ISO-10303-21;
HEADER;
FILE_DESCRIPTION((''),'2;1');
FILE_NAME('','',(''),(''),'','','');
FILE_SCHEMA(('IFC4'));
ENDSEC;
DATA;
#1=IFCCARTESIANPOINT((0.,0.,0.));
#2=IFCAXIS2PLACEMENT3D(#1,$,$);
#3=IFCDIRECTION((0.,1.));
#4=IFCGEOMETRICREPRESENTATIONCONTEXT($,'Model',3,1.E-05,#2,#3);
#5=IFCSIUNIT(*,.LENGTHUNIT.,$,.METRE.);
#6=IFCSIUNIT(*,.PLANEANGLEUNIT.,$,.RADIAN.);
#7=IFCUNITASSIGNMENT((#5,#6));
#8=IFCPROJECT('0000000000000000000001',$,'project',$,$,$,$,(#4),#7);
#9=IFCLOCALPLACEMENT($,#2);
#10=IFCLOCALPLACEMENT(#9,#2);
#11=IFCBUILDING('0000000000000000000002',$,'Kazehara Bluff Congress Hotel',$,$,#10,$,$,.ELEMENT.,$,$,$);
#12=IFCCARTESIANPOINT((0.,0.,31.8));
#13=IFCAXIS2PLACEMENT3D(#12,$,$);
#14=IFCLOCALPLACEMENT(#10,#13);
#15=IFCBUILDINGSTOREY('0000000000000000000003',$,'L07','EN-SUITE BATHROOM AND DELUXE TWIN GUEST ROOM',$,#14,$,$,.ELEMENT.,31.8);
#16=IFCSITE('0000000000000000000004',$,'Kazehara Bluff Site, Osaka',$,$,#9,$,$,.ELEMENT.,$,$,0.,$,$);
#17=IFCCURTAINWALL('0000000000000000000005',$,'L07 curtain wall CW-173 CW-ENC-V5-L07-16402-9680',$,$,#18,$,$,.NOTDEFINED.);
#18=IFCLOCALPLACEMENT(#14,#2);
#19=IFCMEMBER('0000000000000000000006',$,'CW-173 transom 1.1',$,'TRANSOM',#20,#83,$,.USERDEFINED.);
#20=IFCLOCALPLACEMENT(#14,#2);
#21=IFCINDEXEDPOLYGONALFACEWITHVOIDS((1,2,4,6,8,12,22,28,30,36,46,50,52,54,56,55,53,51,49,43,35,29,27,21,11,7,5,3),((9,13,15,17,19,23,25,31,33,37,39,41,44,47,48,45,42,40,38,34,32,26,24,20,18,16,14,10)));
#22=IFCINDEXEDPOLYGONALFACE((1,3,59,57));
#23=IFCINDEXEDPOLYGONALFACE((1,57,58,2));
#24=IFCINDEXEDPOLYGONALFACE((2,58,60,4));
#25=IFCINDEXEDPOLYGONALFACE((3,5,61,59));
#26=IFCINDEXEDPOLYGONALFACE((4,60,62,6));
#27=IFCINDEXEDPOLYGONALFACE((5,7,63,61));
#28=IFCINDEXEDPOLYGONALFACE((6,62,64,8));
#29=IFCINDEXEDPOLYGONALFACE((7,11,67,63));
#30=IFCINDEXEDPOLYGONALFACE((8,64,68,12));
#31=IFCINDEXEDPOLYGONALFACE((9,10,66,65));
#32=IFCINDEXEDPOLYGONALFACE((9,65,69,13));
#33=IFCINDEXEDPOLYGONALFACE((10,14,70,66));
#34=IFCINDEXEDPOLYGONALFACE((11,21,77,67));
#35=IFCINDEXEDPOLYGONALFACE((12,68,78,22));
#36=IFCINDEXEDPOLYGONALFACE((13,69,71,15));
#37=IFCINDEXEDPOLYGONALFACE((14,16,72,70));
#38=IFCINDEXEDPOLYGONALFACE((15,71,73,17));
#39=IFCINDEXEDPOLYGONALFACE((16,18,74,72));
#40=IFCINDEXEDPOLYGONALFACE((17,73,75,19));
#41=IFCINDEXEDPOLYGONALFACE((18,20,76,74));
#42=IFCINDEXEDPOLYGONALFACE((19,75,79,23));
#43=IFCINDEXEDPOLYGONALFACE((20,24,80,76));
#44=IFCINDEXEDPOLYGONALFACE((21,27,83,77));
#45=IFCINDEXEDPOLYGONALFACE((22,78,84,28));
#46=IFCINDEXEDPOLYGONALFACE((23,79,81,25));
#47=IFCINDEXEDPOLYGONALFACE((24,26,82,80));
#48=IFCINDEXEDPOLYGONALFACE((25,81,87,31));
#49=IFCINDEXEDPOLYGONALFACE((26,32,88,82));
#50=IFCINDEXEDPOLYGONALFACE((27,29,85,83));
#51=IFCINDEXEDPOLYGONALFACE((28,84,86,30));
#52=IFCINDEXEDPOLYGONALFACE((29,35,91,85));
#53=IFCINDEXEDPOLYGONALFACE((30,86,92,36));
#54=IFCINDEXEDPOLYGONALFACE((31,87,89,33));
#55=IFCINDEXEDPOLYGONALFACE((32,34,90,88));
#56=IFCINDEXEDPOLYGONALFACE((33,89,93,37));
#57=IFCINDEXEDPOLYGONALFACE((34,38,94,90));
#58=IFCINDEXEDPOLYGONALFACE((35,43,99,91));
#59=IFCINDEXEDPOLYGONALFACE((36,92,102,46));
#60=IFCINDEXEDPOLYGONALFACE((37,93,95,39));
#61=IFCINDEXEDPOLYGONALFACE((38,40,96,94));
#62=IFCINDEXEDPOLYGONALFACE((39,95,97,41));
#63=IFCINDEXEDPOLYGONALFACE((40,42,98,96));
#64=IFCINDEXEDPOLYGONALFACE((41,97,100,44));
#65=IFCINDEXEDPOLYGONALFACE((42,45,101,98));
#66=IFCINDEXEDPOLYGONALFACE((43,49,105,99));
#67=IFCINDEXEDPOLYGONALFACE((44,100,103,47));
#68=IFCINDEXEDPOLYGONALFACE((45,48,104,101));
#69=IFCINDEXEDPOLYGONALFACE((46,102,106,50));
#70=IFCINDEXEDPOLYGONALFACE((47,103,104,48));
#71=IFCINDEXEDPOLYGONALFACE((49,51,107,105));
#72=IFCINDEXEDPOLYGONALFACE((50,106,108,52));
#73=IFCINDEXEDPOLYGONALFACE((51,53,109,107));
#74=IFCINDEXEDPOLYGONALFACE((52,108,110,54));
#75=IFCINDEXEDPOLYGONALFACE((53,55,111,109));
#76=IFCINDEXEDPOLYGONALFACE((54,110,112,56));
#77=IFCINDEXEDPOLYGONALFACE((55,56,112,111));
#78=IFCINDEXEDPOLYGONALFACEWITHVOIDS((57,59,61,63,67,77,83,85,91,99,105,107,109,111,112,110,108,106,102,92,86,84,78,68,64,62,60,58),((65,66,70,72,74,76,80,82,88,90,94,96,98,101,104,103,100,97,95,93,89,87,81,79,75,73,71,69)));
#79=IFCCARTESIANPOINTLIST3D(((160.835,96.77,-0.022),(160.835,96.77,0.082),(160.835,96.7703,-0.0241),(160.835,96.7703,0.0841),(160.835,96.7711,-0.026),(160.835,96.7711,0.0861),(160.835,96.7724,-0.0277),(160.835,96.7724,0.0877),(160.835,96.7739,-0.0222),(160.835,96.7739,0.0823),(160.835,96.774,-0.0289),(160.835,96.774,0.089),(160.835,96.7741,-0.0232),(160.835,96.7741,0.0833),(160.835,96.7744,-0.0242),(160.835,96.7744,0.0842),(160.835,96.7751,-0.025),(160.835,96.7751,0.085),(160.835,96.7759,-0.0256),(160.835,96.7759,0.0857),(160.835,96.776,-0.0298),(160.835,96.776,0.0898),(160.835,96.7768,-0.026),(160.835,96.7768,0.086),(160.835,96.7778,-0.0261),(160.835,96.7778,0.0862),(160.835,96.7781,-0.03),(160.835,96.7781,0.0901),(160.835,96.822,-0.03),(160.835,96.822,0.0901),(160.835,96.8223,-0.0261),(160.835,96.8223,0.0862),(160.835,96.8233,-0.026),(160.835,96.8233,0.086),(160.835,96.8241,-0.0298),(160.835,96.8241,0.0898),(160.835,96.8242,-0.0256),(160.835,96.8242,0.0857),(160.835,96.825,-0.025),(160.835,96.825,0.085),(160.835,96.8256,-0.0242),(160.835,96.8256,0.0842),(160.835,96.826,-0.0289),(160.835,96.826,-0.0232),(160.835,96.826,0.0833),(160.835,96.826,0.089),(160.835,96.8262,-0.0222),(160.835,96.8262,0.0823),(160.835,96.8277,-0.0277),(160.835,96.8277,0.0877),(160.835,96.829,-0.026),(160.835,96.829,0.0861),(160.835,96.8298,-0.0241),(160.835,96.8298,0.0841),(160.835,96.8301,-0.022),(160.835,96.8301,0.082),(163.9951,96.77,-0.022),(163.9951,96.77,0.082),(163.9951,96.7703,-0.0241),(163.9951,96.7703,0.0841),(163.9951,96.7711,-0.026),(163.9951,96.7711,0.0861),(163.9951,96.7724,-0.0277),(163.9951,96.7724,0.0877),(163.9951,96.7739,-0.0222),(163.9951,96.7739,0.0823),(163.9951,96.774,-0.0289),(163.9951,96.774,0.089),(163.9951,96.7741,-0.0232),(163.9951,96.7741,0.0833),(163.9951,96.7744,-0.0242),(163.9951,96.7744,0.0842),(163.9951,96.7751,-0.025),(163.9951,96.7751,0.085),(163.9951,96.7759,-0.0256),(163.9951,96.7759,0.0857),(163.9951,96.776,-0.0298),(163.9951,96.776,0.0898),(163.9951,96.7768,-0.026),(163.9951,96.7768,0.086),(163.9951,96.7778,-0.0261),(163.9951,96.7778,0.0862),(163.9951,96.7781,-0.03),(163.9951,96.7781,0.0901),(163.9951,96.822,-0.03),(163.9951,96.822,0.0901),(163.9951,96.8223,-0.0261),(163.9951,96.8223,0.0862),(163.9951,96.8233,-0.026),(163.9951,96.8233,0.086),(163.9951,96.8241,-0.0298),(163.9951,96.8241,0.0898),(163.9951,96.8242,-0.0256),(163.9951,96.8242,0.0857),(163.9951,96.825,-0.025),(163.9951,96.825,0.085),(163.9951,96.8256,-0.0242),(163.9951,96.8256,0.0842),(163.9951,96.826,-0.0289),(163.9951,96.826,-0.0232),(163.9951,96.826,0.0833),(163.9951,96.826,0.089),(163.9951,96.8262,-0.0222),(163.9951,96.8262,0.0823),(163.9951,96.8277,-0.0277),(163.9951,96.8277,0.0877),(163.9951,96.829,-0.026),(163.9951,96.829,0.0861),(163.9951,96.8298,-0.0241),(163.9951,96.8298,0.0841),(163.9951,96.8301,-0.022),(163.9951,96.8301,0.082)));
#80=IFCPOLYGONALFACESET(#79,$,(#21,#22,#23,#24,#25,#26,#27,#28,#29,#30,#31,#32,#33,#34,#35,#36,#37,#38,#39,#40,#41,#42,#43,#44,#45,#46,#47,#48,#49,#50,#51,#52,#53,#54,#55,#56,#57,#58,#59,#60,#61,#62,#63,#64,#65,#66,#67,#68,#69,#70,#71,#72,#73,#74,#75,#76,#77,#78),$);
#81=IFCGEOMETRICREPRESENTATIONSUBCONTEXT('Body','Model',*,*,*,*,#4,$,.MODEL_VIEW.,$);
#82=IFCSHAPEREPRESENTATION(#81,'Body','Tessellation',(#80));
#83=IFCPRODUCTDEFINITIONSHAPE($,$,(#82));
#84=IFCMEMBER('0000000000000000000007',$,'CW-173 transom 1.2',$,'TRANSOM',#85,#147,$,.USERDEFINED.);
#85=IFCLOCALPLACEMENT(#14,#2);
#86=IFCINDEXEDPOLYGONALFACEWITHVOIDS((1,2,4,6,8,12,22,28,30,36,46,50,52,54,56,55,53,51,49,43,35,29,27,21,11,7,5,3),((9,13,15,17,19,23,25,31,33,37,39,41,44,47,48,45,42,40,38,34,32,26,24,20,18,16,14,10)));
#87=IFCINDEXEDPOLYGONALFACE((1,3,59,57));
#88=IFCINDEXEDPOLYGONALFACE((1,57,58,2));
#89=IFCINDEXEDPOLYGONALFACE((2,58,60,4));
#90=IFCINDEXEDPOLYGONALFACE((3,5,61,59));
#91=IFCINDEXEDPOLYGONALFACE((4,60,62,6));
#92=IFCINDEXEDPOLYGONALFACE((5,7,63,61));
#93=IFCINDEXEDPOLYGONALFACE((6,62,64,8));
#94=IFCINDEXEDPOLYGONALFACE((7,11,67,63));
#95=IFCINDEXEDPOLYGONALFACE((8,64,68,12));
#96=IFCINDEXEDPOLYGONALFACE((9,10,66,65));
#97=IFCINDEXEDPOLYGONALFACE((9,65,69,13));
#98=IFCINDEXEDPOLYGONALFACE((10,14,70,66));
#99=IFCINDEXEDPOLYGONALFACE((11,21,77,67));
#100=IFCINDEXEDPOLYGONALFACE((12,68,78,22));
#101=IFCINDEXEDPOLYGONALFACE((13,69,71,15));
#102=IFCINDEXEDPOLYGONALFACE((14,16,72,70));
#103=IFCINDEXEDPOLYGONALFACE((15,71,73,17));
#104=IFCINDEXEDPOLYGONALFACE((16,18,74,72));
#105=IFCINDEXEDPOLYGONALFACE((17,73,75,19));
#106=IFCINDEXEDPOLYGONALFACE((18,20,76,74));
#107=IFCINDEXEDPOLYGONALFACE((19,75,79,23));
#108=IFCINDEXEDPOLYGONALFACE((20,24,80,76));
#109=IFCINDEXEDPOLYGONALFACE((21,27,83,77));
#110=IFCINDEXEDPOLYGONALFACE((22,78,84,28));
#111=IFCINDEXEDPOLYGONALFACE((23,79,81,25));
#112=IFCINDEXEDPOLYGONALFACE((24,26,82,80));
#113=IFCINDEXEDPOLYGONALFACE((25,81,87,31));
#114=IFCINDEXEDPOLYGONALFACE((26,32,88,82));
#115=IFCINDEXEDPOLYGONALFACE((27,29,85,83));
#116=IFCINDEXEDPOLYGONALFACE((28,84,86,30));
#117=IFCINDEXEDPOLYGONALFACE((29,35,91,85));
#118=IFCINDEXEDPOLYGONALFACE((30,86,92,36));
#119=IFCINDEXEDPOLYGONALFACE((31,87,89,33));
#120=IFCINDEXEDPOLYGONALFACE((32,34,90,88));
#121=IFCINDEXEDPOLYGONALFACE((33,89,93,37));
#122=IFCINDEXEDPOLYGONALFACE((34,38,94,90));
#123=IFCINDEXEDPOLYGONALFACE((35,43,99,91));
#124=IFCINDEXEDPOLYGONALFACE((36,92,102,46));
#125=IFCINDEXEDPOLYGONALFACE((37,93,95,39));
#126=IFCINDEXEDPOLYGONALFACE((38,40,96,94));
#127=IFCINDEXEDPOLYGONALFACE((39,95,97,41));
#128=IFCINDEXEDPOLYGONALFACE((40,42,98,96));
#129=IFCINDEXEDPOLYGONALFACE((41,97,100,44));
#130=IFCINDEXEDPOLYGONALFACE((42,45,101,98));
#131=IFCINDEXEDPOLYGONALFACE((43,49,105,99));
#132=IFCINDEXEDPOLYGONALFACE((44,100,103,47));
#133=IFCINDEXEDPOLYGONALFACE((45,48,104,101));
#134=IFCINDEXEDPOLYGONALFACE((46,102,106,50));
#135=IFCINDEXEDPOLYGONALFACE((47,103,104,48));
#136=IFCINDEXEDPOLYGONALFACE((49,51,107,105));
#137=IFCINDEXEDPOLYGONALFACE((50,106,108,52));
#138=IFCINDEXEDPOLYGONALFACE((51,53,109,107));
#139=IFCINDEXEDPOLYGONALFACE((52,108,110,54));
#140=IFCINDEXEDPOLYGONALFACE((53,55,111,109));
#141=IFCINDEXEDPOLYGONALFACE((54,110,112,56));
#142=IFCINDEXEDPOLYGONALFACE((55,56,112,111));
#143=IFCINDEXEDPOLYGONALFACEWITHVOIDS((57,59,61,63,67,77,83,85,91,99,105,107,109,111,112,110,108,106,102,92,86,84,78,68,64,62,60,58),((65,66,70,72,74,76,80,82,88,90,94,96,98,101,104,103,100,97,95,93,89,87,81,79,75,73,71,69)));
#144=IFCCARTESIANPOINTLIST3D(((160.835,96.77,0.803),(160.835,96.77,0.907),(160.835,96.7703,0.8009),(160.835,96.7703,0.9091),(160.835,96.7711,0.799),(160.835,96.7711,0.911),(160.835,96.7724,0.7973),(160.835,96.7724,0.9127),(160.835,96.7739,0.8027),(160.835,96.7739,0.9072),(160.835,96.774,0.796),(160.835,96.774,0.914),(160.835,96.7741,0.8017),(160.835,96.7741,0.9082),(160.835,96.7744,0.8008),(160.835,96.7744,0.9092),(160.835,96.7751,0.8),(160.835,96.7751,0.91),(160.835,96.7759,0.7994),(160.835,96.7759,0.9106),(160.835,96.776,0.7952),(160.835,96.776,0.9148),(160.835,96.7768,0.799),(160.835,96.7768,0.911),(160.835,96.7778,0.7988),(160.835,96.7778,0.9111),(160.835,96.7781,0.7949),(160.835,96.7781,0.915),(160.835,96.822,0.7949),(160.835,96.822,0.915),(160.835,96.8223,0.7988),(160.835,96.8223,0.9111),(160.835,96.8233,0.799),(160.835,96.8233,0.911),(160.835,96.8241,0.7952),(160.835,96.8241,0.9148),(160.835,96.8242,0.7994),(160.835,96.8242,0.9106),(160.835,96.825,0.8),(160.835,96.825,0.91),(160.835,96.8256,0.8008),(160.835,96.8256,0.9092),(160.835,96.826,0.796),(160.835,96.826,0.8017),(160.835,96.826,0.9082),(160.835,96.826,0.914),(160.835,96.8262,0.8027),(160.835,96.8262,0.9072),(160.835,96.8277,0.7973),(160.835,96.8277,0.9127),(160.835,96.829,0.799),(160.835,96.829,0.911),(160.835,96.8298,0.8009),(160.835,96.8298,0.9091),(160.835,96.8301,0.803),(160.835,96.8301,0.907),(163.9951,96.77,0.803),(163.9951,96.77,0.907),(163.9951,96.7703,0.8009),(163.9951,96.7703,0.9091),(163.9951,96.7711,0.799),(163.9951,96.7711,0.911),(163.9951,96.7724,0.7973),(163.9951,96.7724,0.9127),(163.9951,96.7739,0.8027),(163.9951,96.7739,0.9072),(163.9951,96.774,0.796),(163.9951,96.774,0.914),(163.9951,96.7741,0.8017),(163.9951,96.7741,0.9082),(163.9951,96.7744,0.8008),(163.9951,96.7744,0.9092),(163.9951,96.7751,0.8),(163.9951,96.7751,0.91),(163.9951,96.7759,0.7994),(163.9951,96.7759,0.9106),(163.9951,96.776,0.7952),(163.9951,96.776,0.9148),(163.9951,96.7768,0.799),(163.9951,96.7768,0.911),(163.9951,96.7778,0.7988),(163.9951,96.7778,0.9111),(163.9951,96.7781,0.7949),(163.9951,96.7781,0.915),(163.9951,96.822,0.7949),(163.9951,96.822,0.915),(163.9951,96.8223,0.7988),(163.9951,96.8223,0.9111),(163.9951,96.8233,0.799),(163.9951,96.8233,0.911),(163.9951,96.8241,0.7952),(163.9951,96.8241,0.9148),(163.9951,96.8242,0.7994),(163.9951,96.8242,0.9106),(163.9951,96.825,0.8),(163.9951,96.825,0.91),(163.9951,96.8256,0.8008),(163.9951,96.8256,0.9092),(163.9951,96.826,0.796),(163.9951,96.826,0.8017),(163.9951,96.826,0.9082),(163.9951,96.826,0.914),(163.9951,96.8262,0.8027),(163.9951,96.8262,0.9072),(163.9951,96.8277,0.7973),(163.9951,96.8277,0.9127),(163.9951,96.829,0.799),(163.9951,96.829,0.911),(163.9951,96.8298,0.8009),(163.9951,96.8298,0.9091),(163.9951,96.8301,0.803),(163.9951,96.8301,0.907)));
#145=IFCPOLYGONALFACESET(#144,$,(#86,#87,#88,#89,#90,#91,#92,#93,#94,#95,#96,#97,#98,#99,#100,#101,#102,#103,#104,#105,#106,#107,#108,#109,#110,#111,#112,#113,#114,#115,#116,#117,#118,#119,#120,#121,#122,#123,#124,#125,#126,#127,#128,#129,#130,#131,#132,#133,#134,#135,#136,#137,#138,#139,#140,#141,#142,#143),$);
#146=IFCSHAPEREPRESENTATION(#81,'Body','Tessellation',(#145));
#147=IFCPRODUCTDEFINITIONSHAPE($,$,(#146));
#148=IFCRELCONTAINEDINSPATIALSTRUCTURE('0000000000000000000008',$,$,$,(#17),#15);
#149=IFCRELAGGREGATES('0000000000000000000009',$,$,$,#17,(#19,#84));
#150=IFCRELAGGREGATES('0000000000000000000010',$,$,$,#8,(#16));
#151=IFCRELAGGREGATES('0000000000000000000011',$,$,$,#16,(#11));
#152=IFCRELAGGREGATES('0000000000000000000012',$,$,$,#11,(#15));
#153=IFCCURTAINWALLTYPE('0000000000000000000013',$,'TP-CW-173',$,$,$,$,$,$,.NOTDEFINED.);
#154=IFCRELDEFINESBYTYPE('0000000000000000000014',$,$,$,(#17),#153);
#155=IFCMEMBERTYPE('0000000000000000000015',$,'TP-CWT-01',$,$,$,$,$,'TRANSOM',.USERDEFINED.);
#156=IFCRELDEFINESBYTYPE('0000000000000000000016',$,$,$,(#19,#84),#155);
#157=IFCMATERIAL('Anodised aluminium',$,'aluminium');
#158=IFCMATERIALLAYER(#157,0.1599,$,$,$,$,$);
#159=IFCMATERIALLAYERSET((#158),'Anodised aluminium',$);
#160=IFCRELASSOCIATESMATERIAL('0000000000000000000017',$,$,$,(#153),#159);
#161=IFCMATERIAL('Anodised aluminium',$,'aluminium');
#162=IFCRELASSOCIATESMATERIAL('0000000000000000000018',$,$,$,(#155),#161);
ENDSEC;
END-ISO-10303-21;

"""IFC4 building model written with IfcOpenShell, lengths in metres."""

from ifc_helpers import new_model, si_unit, direction, frame, origin, origin_2d, place, context, subcontext, project, spatial, hollow_rectangle, extrude, material, layer, layer_set, material_profile, profile_set, type_object, element, aggregate, save


model = new_model("IFC4")

# Units and contexts
model_context = context("Model", 3, precision=1e-05, world=origin(), true_north=direction((0.0, 1.0)))
body_context = subcontext(model_context, "Body", "Model", "MODEL_VIEW")
ifc_project = project(units=[si_unit("LENGTHUNIT", "METRE"), si_unit("PLANEANGLEUNIT", "RADIAN")], contexts=[model_context])

# Site, building, storey
site_placement = place(None, origin())
site = spatial("IfcSite", under=ifc_project, at=site_placement, Name="Kazehara Bluff Site, Osaka", CompositionType="ELEMENT", RefElevation=0.0)
building_placement = place(site_placement, origin())
building = spatial("IfcBuilding", under=site, at=building_placement, Name="Kazehara Bluff Congress Hotel", CompositionType="ELEMENT")
storey_placement = place(building_placement, frame((0.0, 0.0, 31.8)))
storey = spatial("IfcBuildingStorey", under=building, at=storey_placement, Name="L07", Description="EN-SUITE BATHROOM AND DELUXE TWIN GUEST ROOM", CompositionType="ELEMENT", Elevation=31.8)

# Curtain wall
ifc_material_1 = material(Name="Anodised aluminium", Category="aluminium")
ifc_layer_1 = layer(ifc_material_1, 0.1599)
ifc_layer_set_1 = layer_set([ifc_layer_1], Name="Anodised aluminium")
curtain_wall_type_1 = type_object("IfcCurtainWallType", Name="TP-CW-173", PredefinedType="NOTDEFINED", material=ifc_layer_set_1)
curtain_wall_1_placement = place(storey_placement, origin())
curtain_wall_1 = element("IfcCurtainWall", 1, at=curtain_wall_1_placement, inside=storey, type_object=curtain_wall_type_1, Name="L07 curtain wall CW-173 CW-ENC-V5-L07-16402-9680", PredefinedType="NOTDEFINED")

# Members
ifc_material_2 = material(Name="Anodised aluminium", Category="aluminium")
ifc_material_profile_1 = material_profile(ifc_material_2, hollow_rectangle(XDim=0.0601, YDim=0.1201, WallThickness=0.0039, InnerFilletRadius=0.0039, OuterFilletRadius=0.0081, at=origin_2d()))
ifc_profile_set_1 = profile_set([ifc_material_profile_1], Name="Anodised aluminium")
member_type_1 = type_object("IfcMemberType", Name="TP-CWT-01", ElementType="TRANSOM", PredefinedType="USERDEFINED", material=ifc_profile_set_1)
member_1_placement = place(storey_placement, frame((160.835, 96.8, 0.03), z_axis=(1.0, 0.0, 0.0), x_axis=(0.0, 1.0, 0.0)))
member_1 = element("IfcMember", 2, at=member_1_placement, type_object=member_type_1, Name="CW-173 transom 1.1", ObjectType="TRANSOM", PredefinedType="USERDEFINED", context=body_context, shape_type="SweptSolid", body=[
    extrude(hollow_rectangle(XDim=0.0601, YDim=0.1201, WallThickness=0.0039, InnerFilletRadius=0.0039, OuterFilletRadius=0.0081, at=origin_2d()), origin(), (0.0, 0.0, 1.0), 3.1602),
])
member_2_placement = place(storey_placement, frame((160.835, 96.8, 0.855), z_axis=(1.0, 0.0, 0.0), x_axis=(0.0, 1.0, 0.0)))
member_2 = element("IfcMember", 3, at=member_2_placement, type_object=member_type_1, Name="CW-173 transom 1.2", ObjectType="TRANSOM", PredefinedType="USERDEFINED", context=body_context, shape_type="SweptSolid", body=[
    extrude(hollow_rectangle(XDim=0.0601, YDim=0.1201, WallThickness=0.0039, InnerFilletRadius=0.0039, OuterFilletRadius=0.0081, at=origin_2d()), origin(), (0.0, 0.0, 1.0), 3.1602),
])
aggregate(curtain_wall_1, [member_1, member_2])

save(model, "model.ifc")
